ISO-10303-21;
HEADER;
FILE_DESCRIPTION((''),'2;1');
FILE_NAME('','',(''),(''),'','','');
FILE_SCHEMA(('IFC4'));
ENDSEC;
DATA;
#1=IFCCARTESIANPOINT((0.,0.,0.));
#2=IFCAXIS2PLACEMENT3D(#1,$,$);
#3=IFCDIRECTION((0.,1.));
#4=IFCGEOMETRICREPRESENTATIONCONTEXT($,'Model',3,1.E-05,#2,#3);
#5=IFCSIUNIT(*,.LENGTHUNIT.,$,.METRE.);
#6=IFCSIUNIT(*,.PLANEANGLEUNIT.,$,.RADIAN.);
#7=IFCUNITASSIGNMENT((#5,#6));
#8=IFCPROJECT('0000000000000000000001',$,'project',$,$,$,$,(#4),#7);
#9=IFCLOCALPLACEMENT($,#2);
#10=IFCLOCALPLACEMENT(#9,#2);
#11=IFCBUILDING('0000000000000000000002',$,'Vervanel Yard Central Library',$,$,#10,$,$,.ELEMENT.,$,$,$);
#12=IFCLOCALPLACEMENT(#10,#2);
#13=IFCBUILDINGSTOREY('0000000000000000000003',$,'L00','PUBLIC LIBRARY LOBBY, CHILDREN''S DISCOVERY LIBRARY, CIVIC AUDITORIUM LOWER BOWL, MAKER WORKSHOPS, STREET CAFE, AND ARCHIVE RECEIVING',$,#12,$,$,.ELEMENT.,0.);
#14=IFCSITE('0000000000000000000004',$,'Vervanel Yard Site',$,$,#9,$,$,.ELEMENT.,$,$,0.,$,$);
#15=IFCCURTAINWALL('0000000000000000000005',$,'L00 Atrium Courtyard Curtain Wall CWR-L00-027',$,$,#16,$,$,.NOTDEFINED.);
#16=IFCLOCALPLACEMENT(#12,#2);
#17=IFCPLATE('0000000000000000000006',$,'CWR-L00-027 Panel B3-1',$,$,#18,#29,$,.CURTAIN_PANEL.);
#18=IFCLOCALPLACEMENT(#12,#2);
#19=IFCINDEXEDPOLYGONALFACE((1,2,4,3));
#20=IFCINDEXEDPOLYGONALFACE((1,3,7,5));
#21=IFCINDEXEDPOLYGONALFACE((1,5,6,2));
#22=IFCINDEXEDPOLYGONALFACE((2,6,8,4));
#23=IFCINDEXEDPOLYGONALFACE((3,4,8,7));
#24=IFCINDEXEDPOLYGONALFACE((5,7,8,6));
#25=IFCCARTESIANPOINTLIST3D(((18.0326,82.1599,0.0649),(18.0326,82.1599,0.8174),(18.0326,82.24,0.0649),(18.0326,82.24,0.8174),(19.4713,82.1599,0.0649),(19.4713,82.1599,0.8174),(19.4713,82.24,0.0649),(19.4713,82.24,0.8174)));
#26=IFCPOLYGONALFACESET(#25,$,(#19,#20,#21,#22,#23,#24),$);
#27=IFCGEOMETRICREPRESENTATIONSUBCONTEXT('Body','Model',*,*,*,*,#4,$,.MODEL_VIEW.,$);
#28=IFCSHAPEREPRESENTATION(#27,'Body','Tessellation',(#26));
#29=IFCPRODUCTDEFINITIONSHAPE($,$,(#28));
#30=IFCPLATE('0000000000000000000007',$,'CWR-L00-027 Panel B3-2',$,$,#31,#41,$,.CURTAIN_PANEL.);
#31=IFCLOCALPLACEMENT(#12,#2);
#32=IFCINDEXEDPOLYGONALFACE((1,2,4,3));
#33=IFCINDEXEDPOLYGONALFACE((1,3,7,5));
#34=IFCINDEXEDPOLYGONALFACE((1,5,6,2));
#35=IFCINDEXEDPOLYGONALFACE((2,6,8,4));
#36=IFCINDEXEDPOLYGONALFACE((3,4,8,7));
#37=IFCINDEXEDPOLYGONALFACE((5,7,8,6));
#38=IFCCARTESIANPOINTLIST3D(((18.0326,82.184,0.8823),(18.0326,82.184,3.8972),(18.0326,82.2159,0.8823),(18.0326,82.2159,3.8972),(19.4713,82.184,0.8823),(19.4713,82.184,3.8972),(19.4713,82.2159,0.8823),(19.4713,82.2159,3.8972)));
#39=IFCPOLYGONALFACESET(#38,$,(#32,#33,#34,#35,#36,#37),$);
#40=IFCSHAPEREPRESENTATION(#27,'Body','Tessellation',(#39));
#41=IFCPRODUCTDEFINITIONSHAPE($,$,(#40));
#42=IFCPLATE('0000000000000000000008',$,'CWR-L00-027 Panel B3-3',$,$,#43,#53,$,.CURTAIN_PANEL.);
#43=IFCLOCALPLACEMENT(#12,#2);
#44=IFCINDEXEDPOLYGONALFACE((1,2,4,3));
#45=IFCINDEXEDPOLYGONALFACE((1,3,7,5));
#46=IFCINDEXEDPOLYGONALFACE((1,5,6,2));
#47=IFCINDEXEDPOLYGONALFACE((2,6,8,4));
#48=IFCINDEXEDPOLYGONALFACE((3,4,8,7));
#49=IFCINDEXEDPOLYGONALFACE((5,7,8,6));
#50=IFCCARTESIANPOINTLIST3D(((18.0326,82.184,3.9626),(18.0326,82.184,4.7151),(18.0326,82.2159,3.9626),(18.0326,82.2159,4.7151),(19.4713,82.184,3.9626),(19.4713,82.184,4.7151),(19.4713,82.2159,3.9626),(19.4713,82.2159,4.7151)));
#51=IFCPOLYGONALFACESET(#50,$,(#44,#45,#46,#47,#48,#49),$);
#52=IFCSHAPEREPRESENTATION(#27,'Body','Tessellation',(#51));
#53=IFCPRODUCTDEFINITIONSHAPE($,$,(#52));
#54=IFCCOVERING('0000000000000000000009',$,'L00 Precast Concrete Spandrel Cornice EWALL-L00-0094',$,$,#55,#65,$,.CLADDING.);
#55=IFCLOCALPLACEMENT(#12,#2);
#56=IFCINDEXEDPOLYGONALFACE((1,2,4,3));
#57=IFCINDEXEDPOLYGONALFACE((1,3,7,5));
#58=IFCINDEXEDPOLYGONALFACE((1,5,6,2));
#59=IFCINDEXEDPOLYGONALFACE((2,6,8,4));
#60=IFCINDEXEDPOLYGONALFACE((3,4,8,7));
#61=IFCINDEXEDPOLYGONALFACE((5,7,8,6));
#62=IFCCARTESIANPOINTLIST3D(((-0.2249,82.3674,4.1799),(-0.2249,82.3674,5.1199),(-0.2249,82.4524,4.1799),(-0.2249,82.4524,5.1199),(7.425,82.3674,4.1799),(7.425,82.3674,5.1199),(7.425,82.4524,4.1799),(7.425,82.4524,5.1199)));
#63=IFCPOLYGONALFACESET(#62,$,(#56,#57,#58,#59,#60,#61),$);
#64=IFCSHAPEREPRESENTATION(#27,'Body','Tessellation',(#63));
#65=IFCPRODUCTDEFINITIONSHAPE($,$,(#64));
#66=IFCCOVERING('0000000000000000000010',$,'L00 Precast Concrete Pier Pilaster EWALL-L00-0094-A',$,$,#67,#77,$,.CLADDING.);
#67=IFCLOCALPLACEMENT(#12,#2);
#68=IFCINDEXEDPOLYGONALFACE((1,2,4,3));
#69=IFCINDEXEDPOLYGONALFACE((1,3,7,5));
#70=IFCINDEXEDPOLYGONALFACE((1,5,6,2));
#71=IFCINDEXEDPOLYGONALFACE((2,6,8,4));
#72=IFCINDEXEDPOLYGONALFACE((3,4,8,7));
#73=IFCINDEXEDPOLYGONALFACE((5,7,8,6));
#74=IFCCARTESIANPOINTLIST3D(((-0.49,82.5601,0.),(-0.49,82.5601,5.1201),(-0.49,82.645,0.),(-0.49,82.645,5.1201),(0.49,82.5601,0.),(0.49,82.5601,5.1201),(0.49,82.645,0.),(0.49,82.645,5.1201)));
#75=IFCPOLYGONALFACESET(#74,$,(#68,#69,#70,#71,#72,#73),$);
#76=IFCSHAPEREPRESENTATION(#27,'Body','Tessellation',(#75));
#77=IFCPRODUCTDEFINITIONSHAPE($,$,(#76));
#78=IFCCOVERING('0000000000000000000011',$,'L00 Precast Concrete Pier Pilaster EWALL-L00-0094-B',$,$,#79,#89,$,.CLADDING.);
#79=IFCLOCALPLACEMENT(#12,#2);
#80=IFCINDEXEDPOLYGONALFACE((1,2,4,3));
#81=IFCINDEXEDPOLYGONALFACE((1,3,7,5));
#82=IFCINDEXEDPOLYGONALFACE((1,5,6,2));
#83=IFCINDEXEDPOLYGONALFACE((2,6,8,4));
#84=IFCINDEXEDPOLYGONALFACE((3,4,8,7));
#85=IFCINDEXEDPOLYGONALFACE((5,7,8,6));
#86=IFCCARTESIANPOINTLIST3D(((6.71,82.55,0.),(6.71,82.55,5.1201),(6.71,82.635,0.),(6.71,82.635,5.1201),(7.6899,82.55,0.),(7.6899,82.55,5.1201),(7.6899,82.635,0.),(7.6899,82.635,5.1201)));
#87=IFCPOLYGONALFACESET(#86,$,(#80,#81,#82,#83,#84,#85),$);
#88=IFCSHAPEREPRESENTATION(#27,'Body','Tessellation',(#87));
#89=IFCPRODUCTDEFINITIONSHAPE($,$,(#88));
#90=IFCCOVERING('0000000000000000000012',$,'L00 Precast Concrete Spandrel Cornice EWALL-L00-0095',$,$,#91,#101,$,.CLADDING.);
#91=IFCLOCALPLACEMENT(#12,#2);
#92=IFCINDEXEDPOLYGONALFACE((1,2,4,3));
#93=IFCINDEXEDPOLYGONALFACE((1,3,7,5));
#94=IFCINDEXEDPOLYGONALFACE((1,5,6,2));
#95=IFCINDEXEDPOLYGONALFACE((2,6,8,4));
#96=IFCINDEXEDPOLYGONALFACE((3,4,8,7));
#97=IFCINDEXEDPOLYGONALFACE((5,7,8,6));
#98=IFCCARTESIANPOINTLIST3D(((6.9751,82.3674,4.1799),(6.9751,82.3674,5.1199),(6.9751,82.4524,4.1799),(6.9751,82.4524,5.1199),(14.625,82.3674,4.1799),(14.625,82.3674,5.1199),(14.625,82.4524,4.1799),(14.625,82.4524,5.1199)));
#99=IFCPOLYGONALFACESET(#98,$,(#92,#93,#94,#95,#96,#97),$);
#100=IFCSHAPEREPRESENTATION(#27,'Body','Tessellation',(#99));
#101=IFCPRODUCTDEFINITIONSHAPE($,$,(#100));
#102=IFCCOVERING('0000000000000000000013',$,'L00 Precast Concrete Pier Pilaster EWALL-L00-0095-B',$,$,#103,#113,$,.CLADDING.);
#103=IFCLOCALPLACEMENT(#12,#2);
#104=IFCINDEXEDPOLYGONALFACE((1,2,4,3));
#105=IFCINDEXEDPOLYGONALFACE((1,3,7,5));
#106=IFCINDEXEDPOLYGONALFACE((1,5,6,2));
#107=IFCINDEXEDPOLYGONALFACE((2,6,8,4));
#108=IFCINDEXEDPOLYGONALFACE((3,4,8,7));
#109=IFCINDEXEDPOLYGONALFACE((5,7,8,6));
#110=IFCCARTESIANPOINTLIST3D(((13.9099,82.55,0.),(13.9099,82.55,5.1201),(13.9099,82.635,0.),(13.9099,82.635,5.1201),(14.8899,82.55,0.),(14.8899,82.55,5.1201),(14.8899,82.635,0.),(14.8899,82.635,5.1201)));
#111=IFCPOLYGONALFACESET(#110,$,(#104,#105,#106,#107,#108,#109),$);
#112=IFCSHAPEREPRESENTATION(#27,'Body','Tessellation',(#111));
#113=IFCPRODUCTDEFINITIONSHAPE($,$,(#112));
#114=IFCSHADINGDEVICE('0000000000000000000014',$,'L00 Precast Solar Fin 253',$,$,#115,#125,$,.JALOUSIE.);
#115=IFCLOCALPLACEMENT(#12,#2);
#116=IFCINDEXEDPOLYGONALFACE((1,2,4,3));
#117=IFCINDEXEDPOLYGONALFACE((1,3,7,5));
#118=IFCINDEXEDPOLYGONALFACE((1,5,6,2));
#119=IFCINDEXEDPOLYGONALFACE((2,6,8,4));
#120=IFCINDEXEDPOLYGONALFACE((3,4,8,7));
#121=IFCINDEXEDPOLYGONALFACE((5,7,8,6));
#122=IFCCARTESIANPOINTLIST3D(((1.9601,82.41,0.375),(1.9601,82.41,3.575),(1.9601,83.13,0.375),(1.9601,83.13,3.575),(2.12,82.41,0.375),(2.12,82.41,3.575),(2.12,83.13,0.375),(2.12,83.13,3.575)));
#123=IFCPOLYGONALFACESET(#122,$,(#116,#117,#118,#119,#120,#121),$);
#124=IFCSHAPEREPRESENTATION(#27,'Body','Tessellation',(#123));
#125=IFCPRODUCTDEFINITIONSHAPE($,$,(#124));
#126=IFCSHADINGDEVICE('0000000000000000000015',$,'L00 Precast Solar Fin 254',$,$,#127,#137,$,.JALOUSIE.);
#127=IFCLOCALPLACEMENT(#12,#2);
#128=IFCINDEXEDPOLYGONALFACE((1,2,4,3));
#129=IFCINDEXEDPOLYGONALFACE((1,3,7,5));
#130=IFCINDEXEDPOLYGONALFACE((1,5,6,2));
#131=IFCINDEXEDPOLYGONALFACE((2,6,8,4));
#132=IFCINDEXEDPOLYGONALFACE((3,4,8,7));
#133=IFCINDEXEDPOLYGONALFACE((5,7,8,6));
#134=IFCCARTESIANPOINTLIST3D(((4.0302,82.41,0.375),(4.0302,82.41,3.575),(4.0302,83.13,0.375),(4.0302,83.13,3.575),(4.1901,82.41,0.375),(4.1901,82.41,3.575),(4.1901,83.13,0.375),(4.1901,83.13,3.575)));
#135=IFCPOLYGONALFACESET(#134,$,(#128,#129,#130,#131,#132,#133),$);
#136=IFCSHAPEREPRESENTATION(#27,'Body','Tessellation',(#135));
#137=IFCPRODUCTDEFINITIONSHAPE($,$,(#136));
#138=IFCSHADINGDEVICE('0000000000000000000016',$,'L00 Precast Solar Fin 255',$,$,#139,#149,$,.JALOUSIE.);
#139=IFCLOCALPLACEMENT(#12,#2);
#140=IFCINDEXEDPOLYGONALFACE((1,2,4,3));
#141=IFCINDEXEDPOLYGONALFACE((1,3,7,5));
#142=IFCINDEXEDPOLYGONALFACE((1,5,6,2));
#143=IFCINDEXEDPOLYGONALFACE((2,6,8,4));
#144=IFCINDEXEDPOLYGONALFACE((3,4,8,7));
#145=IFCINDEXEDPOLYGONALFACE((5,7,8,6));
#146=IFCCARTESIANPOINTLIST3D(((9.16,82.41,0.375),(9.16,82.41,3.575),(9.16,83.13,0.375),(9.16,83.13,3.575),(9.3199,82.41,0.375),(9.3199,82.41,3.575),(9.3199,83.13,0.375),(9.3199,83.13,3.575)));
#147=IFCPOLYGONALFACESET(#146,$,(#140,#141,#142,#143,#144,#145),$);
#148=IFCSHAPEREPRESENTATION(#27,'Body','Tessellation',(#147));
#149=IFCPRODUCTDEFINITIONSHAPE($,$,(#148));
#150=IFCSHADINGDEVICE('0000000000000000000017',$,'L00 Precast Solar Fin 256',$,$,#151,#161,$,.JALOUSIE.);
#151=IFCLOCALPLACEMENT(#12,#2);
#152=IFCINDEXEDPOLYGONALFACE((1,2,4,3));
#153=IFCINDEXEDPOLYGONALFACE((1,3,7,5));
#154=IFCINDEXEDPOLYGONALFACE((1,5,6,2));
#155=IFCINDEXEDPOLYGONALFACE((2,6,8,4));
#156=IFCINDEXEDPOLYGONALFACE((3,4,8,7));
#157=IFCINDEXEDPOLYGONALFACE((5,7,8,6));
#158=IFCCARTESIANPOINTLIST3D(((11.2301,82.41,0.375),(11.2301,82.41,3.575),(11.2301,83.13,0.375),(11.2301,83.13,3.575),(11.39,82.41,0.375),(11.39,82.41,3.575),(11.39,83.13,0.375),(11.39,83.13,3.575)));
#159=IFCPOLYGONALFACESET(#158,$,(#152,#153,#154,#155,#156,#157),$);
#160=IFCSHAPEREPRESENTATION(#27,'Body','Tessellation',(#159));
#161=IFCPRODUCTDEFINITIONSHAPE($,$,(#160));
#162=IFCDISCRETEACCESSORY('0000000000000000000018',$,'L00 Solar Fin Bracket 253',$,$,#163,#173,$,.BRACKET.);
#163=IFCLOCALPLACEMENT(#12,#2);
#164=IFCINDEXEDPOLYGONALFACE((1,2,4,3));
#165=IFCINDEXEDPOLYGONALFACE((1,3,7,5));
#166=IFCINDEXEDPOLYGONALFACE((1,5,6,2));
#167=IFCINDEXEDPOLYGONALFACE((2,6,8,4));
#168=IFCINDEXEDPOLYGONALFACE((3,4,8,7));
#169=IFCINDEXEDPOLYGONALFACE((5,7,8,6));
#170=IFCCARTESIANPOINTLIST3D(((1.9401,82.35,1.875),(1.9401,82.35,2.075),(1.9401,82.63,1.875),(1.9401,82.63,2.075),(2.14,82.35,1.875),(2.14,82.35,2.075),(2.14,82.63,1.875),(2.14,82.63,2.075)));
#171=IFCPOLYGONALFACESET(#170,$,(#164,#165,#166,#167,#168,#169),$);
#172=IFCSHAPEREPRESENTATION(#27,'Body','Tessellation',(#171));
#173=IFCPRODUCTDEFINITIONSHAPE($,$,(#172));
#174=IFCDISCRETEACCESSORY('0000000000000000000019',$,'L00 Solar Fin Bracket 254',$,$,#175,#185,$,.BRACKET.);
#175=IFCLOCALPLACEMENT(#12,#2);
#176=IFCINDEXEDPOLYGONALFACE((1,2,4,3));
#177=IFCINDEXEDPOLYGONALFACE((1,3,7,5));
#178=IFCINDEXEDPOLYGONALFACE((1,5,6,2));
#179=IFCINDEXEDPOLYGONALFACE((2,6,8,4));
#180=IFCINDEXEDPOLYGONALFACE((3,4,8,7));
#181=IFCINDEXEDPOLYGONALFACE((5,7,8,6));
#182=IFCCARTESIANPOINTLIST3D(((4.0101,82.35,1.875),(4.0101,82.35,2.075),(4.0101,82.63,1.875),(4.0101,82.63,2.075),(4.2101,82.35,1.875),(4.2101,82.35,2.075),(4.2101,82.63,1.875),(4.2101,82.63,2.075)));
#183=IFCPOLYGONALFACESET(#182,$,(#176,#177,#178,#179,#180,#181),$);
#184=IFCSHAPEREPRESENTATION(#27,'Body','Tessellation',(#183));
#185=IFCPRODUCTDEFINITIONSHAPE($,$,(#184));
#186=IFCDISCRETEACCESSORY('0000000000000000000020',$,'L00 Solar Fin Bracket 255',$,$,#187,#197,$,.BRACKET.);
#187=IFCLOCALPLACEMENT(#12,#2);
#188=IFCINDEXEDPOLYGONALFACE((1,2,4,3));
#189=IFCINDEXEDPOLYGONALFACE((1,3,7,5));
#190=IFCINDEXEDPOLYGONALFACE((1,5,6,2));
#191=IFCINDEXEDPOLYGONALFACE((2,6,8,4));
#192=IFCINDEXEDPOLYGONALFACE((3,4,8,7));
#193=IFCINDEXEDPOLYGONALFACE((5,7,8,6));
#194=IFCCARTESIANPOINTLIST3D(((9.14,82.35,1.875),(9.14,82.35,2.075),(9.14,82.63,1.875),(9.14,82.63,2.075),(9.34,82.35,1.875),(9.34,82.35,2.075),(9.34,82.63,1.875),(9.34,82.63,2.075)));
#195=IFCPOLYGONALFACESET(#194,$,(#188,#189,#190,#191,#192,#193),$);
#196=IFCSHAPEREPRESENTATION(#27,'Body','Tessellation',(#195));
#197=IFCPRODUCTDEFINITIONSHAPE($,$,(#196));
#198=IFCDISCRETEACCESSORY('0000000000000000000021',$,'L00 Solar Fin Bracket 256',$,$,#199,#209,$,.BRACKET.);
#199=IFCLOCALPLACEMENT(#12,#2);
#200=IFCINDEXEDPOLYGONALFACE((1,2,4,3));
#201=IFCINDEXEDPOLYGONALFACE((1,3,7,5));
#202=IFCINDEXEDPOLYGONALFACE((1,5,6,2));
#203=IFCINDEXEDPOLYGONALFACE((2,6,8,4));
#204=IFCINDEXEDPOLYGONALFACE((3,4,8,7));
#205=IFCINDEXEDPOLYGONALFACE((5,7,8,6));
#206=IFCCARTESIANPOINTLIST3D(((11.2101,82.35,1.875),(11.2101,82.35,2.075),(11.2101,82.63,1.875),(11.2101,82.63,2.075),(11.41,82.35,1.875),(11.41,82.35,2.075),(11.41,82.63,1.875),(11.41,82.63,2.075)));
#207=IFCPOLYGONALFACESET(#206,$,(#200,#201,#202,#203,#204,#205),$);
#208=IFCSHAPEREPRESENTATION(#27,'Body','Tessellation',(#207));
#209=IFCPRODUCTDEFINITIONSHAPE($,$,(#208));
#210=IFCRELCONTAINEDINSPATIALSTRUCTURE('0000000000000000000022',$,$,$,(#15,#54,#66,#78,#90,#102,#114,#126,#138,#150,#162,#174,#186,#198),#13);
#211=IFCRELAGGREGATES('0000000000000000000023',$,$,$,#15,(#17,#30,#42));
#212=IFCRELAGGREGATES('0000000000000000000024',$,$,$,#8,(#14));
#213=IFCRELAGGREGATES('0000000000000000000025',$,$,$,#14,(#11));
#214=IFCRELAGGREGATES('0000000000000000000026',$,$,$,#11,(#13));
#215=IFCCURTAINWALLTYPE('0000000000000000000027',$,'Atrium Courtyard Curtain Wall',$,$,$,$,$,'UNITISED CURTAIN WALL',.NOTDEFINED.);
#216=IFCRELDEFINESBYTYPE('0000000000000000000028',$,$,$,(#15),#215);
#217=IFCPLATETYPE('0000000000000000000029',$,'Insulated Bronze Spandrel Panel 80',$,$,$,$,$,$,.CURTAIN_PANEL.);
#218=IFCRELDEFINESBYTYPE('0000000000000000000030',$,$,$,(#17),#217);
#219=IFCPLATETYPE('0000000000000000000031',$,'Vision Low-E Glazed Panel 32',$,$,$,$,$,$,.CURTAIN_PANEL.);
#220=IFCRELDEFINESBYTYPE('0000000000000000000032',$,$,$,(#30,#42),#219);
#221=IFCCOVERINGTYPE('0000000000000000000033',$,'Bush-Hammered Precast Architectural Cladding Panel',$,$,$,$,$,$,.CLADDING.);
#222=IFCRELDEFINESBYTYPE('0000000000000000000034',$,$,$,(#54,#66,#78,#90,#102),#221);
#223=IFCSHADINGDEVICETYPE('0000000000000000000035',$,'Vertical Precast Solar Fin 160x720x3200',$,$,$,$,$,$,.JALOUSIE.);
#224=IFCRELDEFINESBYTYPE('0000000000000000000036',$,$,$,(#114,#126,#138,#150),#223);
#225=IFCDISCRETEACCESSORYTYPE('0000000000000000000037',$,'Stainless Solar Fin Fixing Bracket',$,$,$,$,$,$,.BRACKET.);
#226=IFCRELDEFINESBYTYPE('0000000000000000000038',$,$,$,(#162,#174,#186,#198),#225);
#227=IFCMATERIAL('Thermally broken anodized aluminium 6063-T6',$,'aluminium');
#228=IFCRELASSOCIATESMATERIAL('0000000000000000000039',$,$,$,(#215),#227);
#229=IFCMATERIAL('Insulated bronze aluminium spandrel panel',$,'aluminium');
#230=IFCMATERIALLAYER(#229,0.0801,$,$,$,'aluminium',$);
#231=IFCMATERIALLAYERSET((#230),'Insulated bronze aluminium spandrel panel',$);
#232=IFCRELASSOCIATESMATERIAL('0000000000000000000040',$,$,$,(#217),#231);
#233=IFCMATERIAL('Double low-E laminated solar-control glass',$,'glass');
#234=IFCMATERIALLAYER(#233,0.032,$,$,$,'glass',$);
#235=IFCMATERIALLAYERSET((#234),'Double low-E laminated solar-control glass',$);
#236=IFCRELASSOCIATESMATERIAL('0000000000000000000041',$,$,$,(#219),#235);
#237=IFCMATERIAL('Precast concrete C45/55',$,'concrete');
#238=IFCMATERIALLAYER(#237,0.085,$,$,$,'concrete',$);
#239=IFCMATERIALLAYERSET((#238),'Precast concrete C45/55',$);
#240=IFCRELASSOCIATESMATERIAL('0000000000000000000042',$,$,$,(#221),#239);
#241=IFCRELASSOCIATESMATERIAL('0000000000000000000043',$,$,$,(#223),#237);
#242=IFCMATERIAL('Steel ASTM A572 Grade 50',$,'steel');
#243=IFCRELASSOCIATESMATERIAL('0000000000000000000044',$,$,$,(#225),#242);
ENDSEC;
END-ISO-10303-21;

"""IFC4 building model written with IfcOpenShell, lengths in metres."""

from ifc_helpers import new_model, si_unit, direction, frame, origin, origin_2d, place, context, subcontext, project, spatial, rectangle, extrude, material, layer, layer_set, type_object, element, aggregate, save


model = new_model("IFC4")

# Units and contexts
model_context = context("Model", 3, precision=1e-05, world=origin(), true_north=direction((0.0, 1.0)))
body_context = subcontext(model_context, "Body", "Model", "MODEL_VIEW")
ifc_project = project(units=[si_unit("LENGTHUNIT", "METRE"), si_unit("PLANEANGLEUNIT", "RADIAN")], contexts=[model_context])

# Site, building, storey
site_placement = place(None, origin())
site = spatial("IfcSite", under=ifc_project, at=site_placement, Name="Vervanel Yard Site", CompositionType="ELEMENT", RefElevation=0.0)
building_placement = place(site_placement, origin())
building = spatial("IfcBuilding", under=site, at=building_placement, Name="Vervanel Yard Central Library", CompositionType="ELEMENT")
storey_placement = place(building_placement, origin())
storey = spatial("IfcBuildingStorey", under=building, at=storey_placement, Name="L00", Description="PUBLIC LIBRARY LOBBY, CHILDREN'S DISCOVERY LIBRARY, CIVIC AUDITORIUM LOWER BOWL, MAKER WORKSHOPS, STREET CAFE, AND ARCHIVE RECEIVING", CompositionType="ELEMENT", Elevation=0.0)

# Curtain wall, plates
ifc_material_1 = material(Name="Thermally broken anodized aluminium 6063-T6", Category="aluminium")
curtain_wall_type = type_object("IfcCurtainWallType", Name="Atrium Courtyard Curtain Wall", ElementType="UNITISED CURTAIN WALL", PredefinedType="NOTDEFINED", material=ifc_material_1)
curtain_wall_placement = place(storey_placement, origin())
curtain_wall = element("IfcCurtainWall", 1, at=curtain_wall_placement, inside=storey, type_object=curtain_wall_type, Name="L00 Atrium Courtyard Curtain Wall CWR-L00-027", PredefinedType="NOTDEFINED")
ifc_material_2 = material(Name="Insulated bronze aluminium spandrel panel", Category="aluminium")
ifc_layer_1 = layer(ifc_material_2, 0.0801, Category="aluminium")
ifc_layer_set_1 = layer_set([ifc_layer_1], Name="Insulated bronze aluminium spandrel panel")
plate_type_1 = type_object("IfcPlateType", Name="Insulated Bronze Spandrel Panel 80", PredefinedType="CURTAIN_PANEL", material=ifc_layer_set_1)
plate_1_placement = place(storey_placement, frame((18.752, 82.2, 0.0649), z_axis=(0.0, 0.0, 1.0), x_axis=(1.0, 0.0, 0.0)))
plate_1 = element("IfcPlate", 2, at=plate_1_placement, type_object=plate_type_1, Name="CWR-L00-027 Panel B3-1", PredefinedType="CURTAIN_PANEL", context=body_context, shape_type="SweptSolid", body=[
    extrude(rectangle(XDim=1.4387, YDim=0.0801, at=origin_2d()), origin(), (0.0, 0.0, 1.0), 0.7524),
])
ifc_material_3 = material(Name="Double low-E laminated solar-control glass", Category="glass")
ifc_layer_2 = layer(ifc_material_3, 0.032, Category="glass")
ifc_layer_set_2 = layer_set([ifc_layer_2], Name="Double low-E laminated solar-control glass")
plate_type_2 = type_object("IfcPlateType", Name="Vision Low-E Glazed Panel 32", PredefinedType="CURTAIN_PANEL", material=ifc_layer_set_2)
plate_2_placement = place(storey_placement, frame((18.752, 82.2, 0.8823), z_axis=(0.0, 0.0, 1.0), x_axis=(1.0, 0.0, 0.0)))
plate_2 = element("IfcPlate", 3, at=plate_2_placement, type_object=plate_type_2, Name="CWR-L00-027 Panel B3-2", PredefinedType="CURTAIN_PANEL", context=body_context, shape_type="SweptSolid", body=[
    extrude(rectangle(XDim=1.4387, YDim=0.032, at=origin_2d()), origin(), (0.0, 0.0, 1.0), 3.0149),
])
plate_3_placement = place(storey_placement, frame((18.752, 82.2, 3.9626), z_axis=(0.0, 0.0, 1.0), x_axis=(1.0, 0.0, 0.0)))
plate_3 = element("IfcPlate", 4, at=plate_3_placement, type_object=plate_type_2, Name="CWR-L00-027 Panel B3-3", PredefinedType="CURTAIN_PANEL", context=body_context, shape_type="SweptSolid", body=[
    extrude(rectangle(XDim=1.4387, YDim=0.032, at=origin_2d()), origin(), (0.0, 0.0, 1.0), 0.7524),
])
aggregate(curtain_wall, [plate_1, plate_2, plate_3])

# Coverings
ifc_material_4 = material(Name="Precast concrete C45/55", Category="concrete")
ifc_layer_3 = layer(ifc_material_4, 0.085, Category="concrete")
ifc_layer_set_3 = layer_set([ifc_layer_3], Name="Precast concrete C45/55")
covering_type = type_object("IfcCoveringType", Name="Bush-Hammered Precast Architectural Cladding Panel", PredefinedType="CLADDING", material=ifc_layer_set_3)
covering_1_placement = place(storey_placement, frame((3.6001, 82.4099, 4.1799), z_axis=(0.0, 0.0, 1.0), x_axis=(1.0, 0.0, 0.0)))
element("IfcCovering", 5, at=covering_1_placement, inside=storey, type_object=covering_type, Name="L00 Precast Concrete Spandrel Cornice EWALL-L00-0094", PredefinedType="CLADDING", context=body_context, shape_type="SweptSolid", body=[
    extrude(rectangle(XDim=7.6499, YDim=0.085, at=origin_2d()), origin(), (0.0, 0.0, 1.0), 0.9399),
])
for number, where, z_axis, x_axis, name in (
    (6, (0.0, 82.6025, 0.0), (0.0, 0.0, 1.0), (1.0, 0.0, 0.0), "L00 Precast Concrete Pier Pilaster EWALL-L00-0094-A"),
    (7, (7.2, 82.5925, 0.0), (0.0, 0.0, 1.0), (1.0, 0.0, 0.0), "L00 Precast Concrete Pier Pilaster EWALL-L00-0094-B"),
):
    element("IfcCovering", number, at=place(storey_placement, frame(where, z_axis=z_axis, x_axis=x_axis)), inside=storey, type_object=covering_type, Name=name, PredefinedType="CLADDING", context=body_context, shape_type="SweptSolid", body=[
        extrude(rectangle(XDim=0.98, YDim=0.085, at=origin_2d()), origin(), (0.0, 0.0, 1.0), 5.1201),
    ])
covering_2_placement = place(storey_placement, frame((10.8, 82.4099, 4.1799), z_axis=(0.0, 0.0, 1.0), x_axis=(1.0, 0.0, 0.0)))
element("IfcCovering", 8, at=covering_2_placement, inside=storey, type_object=covering_type, Name="L00 Precast Concrete Spandrel Cornice EWALL-L00-0095", PredefinedType="CLADDING", context=body_context, shape_type="SweptSolid", body=[
    extrude(rectangle(XDim=7.6499, YDim=0.085, at=origin_2d()), origin(), (0.0, 0.0, 1.0), 0.9399),
])
covering_3_placement = place(storey_placement, frame((14.3999, 82.5925, 0.0), z_axis=(0.0, 0.0, 1.0), x_axis=(1.0, 0.0, 0.0)))
element("IfcCovering", 9, at=covering_3_placement, inside=storey, type_object=covering_type, Name="L00 Precast Concrete Pier Pilaster EWALL-L00-0095-B", PredefinedType="CLADDING", context=body_context, shape_type="SweptSolid", body=[
    extrude(rectangle(XDim=0.98, YDim=0.085, at=origin_2d()), origin(), (0.0, 0.0, 1.0), 5.1201),
])

# Shading devices
shading_device_type = type_object("IfcShadingDeviceType", Name="Vertical Precast Solar Fin 160x720x3200", PredefinedType="JALOUSIE", material=ifc_material_4)
for number, where, z_axis, x_axis, name in (
    (10, (2.04, 82.77, 0.375), (0.0, 0.0, 1.0), (1.0, 0.0, 0.0), "L00 Precast Solar Fin 253"),
    (11, (4.1101, 82.77, 0.375), (0.0, 0.0, 1.0), (1.0, 0.0, 0.0), "L00 Precast Solar Fin 254"),
    (12, (9.24, 82.77, 0.375), (0.0, 0.0, 1.0), (1.0, 0.0, 0.0), "L00 Precast Solar Fin 255"),
    (13, (11.3101, 82.77, 0.375), (0.0, 0.0, 1.0), (1.0, 0.0, 0.0), "L00 Precast Solar Fin 256"),
):
    element("IfcShadingDevice", number, at=place(storey_placement, frame(where, z_axis=z_axis, x_axis=x_axis)), inside=storey, type_object=shading_device_type, Name=name, PredefinedType="JALOUSIE", context=body_context, shape_type="SweptSolid", body=[
        extrude(rectangle(XDim=0.1599, YDim=0.72, at=origin_2d()), origin(), (0.0, 0.0, 1.0), 3.2),
    ])

# Discrete accessories
ifc_material_5 = material(Name="Steel ASTM A572 Grade 50", Category="steel")
discrete_accessory_type = type_object("IfcDiscreteAccessoryType", Name="Stainless Solar Fin Fixing Bracket", PredefinedType="BRACKET", material=ifc_material_5)
for number, where, z_axis, x_axis, name in (
    (14, (2.04, 82.49, 1.875), (0.0, 0.0, 1.0), (1.0, 0.0, 0.0), "L00 Solar Fin Bracket 253"),
    (15, (4.1101, 82.49, 1.875), (0.0, 0.0, 1.0), (1.0, 0.0, 0.0), "L00 Solar Fin Bracket 254"),
    (16, (9.24, 82.49, 1.875), (0.0, 0.0, 1.0), (1.0, 0.0, 0.0), "L00 Solar Fin Bracket 255"),
    (17, (11.3101, 82.49, 1.875), (0.0, 0.0, 1.0), (1.0, 0.0, 0.0), "L00 Solar Fin Bracket 256"),
):
    element("IfcDiscreteAccessory", number, at=place(storey_placement, frame(where, z_axis=z_axis, x_axis=x_axis)), inside=storey, type_object=discrete_accessory_type, Name=name, PredefinedType="BRACKET", context=body_context, shape_type="SweptSolid", body=[
        extrude(rectangle(XDim=0.2, YDim=0.28, at=origin_2d()), origin(), (0.0, 0.0, 1.0), 0.2),
    ])

save(model, "model.ifc")
